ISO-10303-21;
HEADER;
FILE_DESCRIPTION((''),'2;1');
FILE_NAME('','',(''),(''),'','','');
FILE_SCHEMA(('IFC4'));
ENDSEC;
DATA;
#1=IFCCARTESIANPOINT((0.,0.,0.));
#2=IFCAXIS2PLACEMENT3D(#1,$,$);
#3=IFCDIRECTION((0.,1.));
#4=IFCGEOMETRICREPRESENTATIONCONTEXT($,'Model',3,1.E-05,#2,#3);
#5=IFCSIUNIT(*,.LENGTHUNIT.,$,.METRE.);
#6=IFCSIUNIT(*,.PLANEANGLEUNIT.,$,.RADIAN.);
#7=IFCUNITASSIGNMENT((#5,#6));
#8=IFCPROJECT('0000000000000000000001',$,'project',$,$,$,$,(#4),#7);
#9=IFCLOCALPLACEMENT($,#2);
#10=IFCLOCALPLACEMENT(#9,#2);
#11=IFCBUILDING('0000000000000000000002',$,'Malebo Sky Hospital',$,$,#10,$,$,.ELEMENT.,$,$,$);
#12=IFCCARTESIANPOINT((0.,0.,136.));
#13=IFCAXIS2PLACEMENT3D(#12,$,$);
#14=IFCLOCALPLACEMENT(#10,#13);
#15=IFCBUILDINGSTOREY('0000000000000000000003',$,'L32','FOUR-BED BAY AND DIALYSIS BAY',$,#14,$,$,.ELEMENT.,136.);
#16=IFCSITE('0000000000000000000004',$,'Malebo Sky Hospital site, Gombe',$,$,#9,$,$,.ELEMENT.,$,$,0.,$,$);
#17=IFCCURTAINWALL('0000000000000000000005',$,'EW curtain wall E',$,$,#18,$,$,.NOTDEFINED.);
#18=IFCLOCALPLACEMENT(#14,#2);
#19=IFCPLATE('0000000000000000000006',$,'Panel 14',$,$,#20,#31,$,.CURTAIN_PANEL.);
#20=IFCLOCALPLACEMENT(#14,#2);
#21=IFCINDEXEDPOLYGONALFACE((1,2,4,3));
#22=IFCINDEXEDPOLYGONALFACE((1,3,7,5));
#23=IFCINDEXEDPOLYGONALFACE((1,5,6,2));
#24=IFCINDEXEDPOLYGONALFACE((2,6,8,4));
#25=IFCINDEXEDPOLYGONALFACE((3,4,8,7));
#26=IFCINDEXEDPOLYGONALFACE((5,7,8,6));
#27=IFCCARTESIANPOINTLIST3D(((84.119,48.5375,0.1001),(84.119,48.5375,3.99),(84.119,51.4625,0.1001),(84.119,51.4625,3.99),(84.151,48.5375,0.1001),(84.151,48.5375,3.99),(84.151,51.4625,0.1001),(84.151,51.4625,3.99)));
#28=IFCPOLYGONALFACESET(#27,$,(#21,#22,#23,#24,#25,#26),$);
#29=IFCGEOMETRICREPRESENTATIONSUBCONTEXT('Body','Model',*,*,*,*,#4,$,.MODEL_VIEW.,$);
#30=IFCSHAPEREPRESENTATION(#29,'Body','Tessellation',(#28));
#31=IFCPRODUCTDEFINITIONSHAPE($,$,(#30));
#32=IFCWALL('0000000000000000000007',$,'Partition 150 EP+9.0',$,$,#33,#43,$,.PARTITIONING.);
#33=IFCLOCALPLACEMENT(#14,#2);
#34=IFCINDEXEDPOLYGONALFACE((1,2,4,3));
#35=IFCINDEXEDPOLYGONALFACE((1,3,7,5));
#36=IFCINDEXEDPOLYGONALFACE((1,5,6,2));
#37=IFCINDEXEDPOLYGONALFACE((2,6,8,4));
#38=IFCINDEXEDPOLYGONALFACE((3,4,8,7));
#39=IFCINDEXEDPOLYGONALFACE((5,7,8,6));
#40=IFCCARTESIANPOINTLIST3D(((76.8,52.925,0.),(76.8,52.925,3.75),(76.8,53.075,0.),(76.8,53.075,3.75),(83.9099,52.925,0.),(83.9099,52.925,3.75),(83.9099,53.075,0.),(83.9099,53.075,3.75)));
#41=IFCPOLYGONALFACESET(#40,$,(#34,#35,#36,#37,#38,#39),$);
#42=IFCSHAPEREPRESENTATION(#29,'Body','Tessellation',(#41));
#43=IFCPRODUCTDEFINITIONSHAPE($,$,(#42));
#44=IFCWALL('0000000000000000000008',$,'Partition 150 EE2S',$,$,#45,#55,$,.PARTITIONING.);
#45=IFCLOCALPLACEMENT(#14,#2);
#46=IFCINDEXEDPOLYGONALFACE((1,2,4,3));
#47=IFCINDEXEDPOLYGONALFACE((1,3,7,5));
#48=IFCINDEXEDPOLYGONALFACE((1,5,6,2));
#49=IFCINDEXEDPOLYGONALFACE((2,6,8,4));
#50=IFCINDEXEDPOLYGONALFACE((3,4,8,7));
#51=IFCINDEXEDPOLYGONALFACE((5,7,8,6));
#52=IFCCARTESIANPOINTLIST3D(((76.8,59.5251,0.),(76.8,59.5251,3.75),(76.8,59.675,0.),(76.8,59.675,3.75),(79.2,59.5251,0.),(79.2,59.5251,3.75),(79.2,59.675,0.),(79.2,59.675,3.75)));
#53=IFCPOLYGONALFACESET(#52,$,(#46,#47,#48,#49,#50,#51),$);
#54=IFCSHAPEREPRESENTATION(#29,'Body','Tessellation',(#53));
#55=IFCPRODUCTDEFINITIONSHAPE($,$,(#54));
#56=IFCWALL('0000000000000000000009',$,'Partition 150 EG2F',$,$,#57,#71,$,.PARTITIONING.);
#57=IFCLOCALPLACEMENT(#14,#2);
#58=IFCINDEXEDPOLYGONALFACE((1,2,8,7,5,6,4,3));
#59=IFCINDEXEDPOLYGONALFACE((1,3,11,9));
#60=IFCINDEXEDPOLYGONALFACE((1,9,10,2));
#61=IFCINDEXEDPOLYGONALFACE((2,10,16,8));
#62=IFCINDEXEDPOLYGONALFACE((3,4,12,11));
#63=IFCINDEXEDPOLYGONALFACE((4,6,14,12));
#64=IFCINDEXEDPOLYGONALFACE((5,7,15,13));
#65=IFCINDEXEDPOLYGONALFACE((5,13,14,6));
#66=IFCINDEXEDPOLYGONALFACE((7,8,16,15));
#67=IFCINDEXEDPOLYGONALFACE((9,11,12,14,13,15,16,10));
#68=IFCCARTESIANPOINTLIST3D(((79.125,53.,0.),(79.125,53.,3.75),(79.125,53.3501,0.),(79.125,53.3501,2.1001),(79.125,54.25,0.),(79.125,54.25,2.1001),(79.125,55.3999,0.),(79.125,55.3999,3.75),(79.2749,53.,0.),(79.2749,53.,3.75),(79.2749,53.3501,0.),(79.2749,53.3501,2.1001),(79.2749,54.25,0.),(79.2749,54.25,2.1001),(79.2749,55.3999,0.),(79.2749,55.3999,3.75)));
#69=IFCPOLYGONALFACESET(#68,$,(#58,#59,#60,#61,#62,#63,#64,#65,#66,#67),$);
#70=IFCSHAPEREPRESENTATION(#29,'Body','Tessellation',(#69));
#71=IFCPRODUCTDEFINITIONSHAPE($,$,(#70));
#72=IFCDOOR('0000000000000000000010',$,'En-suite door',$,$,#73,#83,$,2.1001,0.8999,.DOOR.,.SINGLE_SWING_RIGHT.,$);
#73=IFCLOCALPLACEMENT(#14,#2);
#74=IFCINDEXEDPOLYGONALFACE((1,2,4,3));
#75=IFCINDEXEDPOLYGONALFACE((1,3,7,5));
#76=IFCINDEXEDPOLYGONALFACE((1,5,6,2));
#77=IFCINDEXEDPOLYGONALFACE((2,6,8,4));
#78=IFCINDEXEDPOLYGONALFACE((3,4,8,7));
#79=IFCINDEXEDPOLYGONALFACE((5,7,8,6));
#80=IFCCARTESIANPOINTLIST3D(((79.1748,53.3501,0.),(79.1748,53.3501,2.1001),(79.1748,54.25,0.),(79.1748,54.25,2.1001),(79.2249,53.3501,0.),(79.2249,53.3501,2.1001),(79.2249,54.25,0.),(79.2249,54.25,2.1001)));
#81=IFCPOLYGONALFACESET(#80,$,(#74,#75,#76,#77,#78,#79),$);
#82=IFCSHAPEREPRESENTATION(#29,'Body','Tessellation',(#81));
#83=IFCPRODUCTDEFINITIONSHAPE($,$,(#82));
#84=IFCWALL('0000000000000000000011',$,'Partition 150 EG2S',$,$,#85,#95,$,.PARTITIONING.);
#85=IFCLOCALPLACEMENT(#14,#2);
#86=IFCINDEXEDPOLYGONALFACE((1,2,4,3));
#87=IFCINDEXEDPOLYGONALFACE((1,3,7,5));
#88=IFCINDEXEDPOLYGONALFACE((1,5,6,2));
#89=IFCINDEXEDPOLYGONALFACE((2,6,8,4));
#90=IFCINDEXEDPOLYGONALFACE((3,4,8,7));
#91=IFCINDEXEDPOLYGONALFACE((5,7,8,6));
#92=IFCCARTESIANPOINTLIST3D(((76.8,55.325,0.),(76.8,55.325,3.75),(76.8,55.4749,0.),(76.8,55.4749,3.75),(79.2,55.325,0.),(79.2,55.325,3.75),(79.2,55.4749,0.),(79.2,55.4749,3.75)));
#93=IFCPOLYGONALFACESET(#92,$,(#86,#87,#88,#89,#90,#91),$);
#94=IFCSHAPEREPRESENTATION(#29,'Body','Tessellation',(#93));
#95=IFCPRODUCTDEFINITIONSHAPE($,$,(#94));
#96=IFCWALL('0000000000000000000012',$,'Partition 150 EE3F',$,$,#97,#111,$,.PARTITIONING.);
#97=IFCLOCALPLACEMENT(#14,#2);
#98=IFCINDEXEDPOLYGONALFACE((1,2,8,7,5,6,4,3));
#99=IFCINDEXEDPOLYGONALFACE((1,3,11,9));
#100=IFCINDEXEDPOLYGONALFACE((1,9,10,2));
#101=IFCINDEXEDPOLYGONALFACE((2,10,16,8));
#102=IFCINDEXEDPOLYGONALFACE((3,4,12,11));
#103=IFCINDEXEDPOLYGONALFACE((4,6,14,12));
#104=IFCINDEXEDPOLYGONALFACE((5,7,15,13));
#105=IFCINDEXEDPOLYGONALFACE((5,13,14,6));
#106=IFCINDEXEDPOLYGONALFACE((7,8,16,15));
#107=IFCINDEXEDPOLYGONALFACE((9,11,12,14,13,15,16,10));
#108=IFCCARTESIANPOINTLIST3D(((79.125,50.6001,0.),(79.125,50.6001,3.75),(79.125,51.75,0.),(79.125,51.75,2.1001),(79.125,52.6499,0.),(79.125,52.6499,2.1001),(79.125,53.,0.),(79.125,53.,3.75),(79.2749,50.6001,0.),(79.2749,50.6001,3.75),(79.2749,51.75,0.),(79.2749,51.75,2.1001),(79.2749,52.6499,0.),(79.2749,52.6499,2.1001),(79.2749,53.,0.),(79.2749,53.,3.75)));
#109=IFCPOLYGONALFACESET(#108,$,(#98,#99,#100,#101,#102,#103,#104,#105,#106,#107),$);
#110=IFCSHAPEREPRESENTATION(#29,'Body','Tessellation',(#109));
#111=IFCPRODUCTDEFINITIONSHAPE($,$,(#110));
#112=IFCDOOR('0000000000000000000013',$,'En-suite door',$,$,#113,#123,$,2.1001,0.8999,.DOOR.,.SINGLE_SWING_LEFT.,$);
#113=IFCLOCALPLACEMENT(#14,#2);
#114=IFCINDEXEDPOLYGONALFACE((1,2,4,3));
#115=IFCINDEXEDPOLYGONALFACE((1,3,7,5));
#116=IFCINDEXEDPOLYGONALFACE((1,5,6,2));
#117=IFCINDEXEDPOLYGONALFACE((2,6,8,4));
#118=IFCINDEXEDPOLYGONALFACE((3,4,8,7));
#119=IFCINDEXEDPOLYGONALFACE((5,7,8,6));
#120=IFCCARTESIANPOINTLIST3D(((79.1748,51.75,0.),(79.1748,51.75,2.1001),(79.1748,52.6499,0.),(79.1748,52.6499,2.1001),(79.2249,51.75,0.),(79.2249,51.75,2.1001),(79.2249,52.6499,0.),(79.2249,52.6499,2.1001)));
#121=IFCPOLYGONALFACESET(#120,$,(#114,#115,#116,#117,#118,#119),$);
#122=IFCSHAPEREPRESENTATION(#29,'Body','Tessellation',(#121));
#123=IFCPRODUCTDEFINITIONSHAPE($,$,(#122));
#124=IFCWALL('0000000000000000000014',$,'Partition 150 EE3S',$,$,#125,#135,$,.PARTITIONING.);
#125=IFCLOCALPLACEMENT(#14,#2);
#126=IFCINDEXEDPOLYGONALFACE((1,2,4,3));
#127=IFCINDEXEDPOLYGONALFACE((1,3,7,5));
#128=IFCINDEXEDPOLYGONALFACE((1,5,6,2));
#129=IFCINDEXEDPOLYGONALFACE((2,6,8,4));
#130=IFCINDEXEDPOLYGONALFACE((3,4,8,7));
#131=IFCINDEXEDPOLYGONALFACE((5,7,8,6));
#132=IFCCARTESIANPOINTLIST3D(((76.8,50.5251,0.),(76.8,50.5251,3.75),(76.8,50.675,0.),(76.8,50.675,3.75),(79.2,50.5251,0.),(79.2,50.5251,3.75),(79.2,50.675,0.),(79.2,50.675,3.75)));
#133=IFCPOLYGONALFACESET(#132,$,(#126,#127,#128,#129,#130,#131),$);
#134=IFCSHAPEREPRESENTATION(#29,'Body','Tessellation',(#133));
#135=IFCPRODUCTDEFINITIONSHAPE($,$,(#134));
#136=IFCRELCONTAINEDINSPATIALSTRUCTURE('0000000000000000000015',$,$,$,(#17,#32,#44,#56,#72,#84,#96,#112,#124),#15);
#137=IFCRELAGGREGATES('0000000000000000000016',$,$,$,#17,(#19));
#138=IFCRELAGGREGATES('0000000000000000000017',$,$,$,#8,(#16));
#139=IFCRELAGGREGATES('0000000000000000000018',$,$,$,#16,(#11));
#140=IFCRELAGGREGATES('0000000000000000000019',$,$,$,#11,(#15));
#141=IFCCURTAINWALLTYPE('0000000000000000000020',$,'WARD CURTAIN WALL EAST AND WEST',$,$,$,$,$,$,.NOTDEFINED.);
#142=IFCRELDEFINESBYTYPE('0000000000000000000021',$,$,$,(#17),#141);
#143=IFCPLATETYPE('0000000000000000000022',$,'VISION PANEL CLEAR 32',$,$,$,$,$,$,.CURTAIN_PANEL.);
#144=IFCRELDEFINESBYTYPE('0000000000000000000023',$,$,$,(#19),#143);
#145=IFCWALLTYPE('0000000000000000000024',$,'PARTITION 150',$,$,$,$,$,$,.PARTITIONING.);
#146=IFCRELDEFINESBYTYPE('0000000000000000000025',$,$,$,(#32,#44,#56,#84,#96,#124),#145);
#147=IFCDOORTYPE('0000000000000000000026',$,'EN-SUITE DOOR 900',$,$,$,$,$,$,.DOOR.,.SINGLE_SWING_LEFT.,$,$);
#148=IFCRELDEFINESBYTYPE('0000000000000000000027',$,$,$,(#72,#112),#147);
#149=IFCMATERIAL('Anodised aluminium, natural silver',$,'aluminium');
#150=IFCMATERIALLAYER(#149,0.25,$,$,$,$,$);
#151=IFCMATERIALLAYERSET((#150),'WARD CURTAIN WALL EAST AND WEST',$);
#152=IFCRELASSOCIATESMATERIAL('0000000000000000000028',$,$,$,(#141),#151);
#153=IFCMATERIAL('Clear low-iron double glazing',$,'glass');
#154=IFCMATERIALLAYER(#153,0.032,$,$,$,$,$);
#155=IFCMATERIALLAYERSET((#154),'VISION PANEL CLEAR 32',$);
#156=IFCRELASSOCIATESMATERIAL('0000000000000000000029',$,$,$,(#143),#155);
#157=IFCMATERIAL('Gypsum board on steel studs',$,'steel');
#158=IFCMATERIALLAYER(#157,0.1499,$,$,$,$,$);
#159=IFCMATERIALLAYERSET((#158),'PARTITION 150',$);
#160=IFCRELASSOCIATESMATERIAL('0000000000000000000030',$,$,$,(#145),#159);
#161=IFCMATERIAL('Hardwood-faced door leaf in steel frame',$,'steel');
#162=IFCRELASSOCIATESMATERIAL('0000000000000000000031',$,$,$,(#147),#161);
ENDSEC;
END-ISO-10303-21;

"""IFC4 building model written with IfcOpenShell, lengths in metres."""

from ifc_helpers import new_model, si_unit, direction, frame, frame_2d, origin, origin_2d, place, context, subcontext, project, spatial, rectangle, extrude, material, layer, layer_set, type_object, element, fill, aggregate, save


model = new_model("IFC4")

# Units and contexts
model_context = context("Model", 3, precision=1e-05, world=origin(), true_north=direction((0.0, 1.0)))
body_context = subcontext(model_context, "Body", "Model", "MODEL_VIEW")
ifc_project = project(units=[si_unit("LENGTHUNIT", "METRE"), si_unit("PLANEANGLEUNIT", "RADIAN")], contexts=[model_context])

# Site, building, storey
site_placement = place(None, origin())
site = spatial("IfcSite", under=ifc_project, at=site_placement, Name="Malebo Sky Hospital site, Gombe", CompositionType="ELEMENT", RefElevation=0.0)
building_placement = place(site_placement, origin())
building = spatial("IfcBuilding", under=site, at=building_placement, Name="Malebo Sky Hospital", CompositionType="ELEMENT")
storey_placement = place(building_placement, frame((0.0, 0.0, 136.0)))
storey = spatial("IfcBuildingStorey", under=building, at=storey_placement, Name="L32", Description="FOUR-BED BAY AND DIALYSIS BAY", CompositionType="ELEMENT", Elevation=136.0)

# Curtain wall
ifc_material_1 = material(Name="Anodised aluminium, natural silver", Category="aluminium")
ifc_layer_1 = layer(ifc_material_1, 0.25)
ifc_layer_set_1 = layer_set([ifc_layer_1], Name="WARD CURTAIN WALL EAST AND WEST")
curtain_wall_type = type_object("IfcCurtainWallType", Name="WARD CURTAIN WALL EAST AND WEST", PredefinedType="NOTDEFINED", material=ifc_layer_set_1)
curtain_wall_placement = place(storey_placement, origin())
curtain_wall = element("IfcCurtainWall", 1, at=curtain_wall_placement, inside=storey, type_object=curtain_wall_type, Name="EW curtain wall E", PredefinedType="NOTDEFINED")

# Plate
ifc_material_2 = material(Name="Clear low-iron double glazing", Category="glass")
ifc_layer_2 = layer(ifc_material_2, 0.032)
ifc_layer_set_2 = layer_set([ifc_layer_2], Name="VISION PANEL CLEAR 32")
plate_type = type_object("IfcPlateType", Name="VISION PANEL CLEAR 32", PredefinedType="CURTAIN_PANEL", material=ifc_layer_set_2)
plate_1_placement = place(storey_placement, frame((84.135, 50.0, 0.1001), z_axis=(0.0, 0.0, 1.0), x_axis=(0.0, -1.0, 0.0)))
plate_1 = element("IfcPlate", 2, at=plate_1_placement, type_object=plate_type, Name="Panel 14", PredefinedType="CURTAIN_PANEL", context=body_context, shape_type="SweptSolid", body=[
    extrude(rectangle(XDim=2.925, YDim=0.032, at=origin_2d()), origin(), (0.0, 0.0, 1.0), 3.8899),
])
aggregate(curtain_wall, [plate_1])

# Walls
ifc_material_3 = material(Name="Gypsum board on steel studs", Category="steel")
ifc_layer_3 = layer(ifc_material_3, 0.1499)
ifc_layer_set_3 = layer_set([ifc_layer_3], Name="PARTITION 150")
wall_type = type_object("IfcWallType", Name="PARTITION 150", PredefinedType="PARTITIONING", material=ifc_layer_set_3)
wall_1_placement = place(storey_placement, frame((76.8, 53.0, 0.0), z_axis=(0.0, 0.0, 1.0), x_axis=(1.0, 0.0, 0.0)))
element("IfcWall", 3, at=wall_1_placement, inside=storey, type_object=wall_type, Name="Partition 150 EP+9.0", PredefinedType="PARTITIONING", context=body_context, shape_type="SweptSolid", body=[
    extrude(rectangle(XDim=7.1099, YDim=0.1499, at=frame_2d((3.5549, 0.0))), origin(), (0.0, 0.0, 1.0), 3.75),
])
wall_2_placement = place(storey_placement, frame((76.8, 59.6001, 0.0), z_axis=(0.0, 0.0, 1.0), x_axis=(1.0, 0.0, 0.0)))
element("IfcWall", 4, at=wall_2_placement, inside=storey, type_object=wall_type, Name="Partition 150 EE2S", PredefinedType="PARTITIONING", context=body_context, shape_type="SweptSolid", body=[
    extrude(rectangle(XDim=2.3999, YDim=0.1499, at=frame_2d((1.2, 0.0))), origin(), (0.0, 0.0, 1.0), 3.75),
])

# Wall, opening, door
wall_3_placement = place(storey_placement, frame((79.2, 55.3999, 0.0), z_axis=(0.0, 0.0, 1.0), x_axis=(0.0, -1.0, 0.0)))
wall_3 = element("IfcWall", 5, at=wall_3_placement, inside=storey, type_object=wall_type, Name="Partition 150 EG2F", PredefinedType="PARTITIONING", context=body_context, shape_type="SweptSolid", body=[
    extrude(rectangle(XDim=2.3999, YDim=0.1499, at=frame_2d((1.2, 0.0))), origin(), (0.0, 0.0, 1.0), 3.75),
])
opening_1_placement = place(wall_3_placement, frame((1.1499, 0.0, 0.0)))
opening_1 = element("IfcOpeningElement", 6, at=opening_1_placement, cuts=wall_3, PredefinedType="OPENING", context=body_context, shape_type="SweptSolid", body=[
    extrude(rectangle(XDim=0.8999, YDim=2.1001, at=frame_2d((0.45, 1.05))), frame((0.0, 0.085, 0.0), z_axis=(0.0, -1.0, 0.0), x_axis=(1.0, 0.0, 0.0)), (0.0, 0.0, 1.0), 0.1699),
])
ifc_material_4 = material(Name="Hardwood-faced door leaf in steel frame", Category="steel")
door_type = type_object("IfcDoorType", Name="EN-SUITE DOOR 900", OperationType="SINGLE_SWING_LEFT", PredefinedType="DOOR", material=ifc_material_4)
door_1_placement = place(opening_1_placement, origin())
door_1 = element("IfcDoor", 7, at=door_1_placement, inside=storey, type_object=door_type, Name="En-suite door", OperationType="SINGLE_SWING_RIGHT", OverallHeight=2.1001, OverallWidth=0.8999, PredefinedType="DOOR", context=body_context, shape_type="SweptSolid", body=[
    extrude(rectangle(XDim=0.8999, YDim=2.1001, at=frame_2d((0.45, 1.05))), frame((0.0, 0.0249, 0.0), z_axis=(0.0, -1.0, 0.0), x_axis=(1.0, 0.0, 0.0)), (0.0, 0.0, 1.0), 0.05),
])
fill(opening_1, door_1)

# Wall
wall_4_placement = place(storey_placement, frame((76.8, 55.3999, 0.0), z_axis=(0.0, 0.0, 1.0), x_axis=(1.0, 0.0, 0.0)))
element("IfcWall", 8, at=wall_4_placement, inside=storey, type_object=wall_type, Name="Partition 150 EG2S", PredefinedType="PARTITIONING", context=body_context, shape_type="SweptSolid", body=[
    extrude(rectangle(XDim=2.3999, YDim=0.1499, at=frame_2d((1.2, 0.0))), origin(), (0.0, 0.0, 1.0), 3.75),
])

# Wall, opening, door
wall_5_placement = place(storey_placement, frame((79.2, 53.0, 0.0), z_axis=(0.0, 0.0, 1.0), x_axis=(0.0, -1.0, 0.0)))
wall_5 = element("IfcWall", 9, at=wall_5_placement, inside=storey, type_object=wall_type, Name="Partition 150 EE3F", PredefinedType="PARTITIONING", context=body_context, shape_type="SweptSolid", body=[
    extrude(rectangle(XDim=2.3999, YDim=0.1499, at=frame_2d((1.2, 0.0))), origin(), (0.0, 0.0, 1.0), 3.75),
])
opening_2_placement = place(wall_5_placement, frame((0.3501, 0.0, 0.0)))
opening_2 = element("IfcOpeningElement", 10, at=opening_2_placement, cuts=wall_5, PredefinedType="OPENING", context=body_context, shape_type="SweptSolid", body=[
    extrude(rectangle(XDim=0.8999, YDim=2.1001, at=frame_2d((0.45, 1.05))), frame((0.0, 0.085, 0.0), z_axis=(0.0, -1.0, 0.0), x_axis=(1.0, 0.0, 0.0)), (0.0, 0.0, 1.0), 0.1699),
])
door_2_placement = place(opening_2_placement, origin())
door_2 = element("IfcDoor", 11, at=door_2_placement, inside=storey, type_object=door_type, Name="En-suite door", OperationType="SINGLE_SWING_LEFT", OverallHeight=2.1001, OverallWidth=0.8999, PredefinedType="DOOR", context=body_context, shape_type="SweptSolid", body=[
    extrude(rectangle(XDim=0.8999, YDim=2.1001, at=frame_2d((0.45, 1.05))), frame((0.0, 0.0249, 0.0), z_axis=(0.0, -1.0, 0.0), x_axis=(1.0, 0.0, 0.0)), (0.0, 0.0, 1.0), 0.05),
])
fill(opening_2, door_2)

# Wall
wall_6_placement = place(storey_placement, frame((76.8, 50.6001, 0.0), z_axis=(0.0, 0.0, 1.0), x_axis=(1.0, 0.0, 0.0)))
element("IfcWall", 12, at=wall_6_placement, inside=storey, type_object=wall_type, Name="Partition 150 EE3S", PredefinedType="PARTITIONING", context=body_context, shape_type="SweptSolid", body=[
    extrude(rectangle(XDim=2.3999, YDim=0.1499, at=frame_2d((1.2, 0.0))), origin(), (0.0, 0.0, 1.0), 3.75),
])

save(model, "model.ifc")
